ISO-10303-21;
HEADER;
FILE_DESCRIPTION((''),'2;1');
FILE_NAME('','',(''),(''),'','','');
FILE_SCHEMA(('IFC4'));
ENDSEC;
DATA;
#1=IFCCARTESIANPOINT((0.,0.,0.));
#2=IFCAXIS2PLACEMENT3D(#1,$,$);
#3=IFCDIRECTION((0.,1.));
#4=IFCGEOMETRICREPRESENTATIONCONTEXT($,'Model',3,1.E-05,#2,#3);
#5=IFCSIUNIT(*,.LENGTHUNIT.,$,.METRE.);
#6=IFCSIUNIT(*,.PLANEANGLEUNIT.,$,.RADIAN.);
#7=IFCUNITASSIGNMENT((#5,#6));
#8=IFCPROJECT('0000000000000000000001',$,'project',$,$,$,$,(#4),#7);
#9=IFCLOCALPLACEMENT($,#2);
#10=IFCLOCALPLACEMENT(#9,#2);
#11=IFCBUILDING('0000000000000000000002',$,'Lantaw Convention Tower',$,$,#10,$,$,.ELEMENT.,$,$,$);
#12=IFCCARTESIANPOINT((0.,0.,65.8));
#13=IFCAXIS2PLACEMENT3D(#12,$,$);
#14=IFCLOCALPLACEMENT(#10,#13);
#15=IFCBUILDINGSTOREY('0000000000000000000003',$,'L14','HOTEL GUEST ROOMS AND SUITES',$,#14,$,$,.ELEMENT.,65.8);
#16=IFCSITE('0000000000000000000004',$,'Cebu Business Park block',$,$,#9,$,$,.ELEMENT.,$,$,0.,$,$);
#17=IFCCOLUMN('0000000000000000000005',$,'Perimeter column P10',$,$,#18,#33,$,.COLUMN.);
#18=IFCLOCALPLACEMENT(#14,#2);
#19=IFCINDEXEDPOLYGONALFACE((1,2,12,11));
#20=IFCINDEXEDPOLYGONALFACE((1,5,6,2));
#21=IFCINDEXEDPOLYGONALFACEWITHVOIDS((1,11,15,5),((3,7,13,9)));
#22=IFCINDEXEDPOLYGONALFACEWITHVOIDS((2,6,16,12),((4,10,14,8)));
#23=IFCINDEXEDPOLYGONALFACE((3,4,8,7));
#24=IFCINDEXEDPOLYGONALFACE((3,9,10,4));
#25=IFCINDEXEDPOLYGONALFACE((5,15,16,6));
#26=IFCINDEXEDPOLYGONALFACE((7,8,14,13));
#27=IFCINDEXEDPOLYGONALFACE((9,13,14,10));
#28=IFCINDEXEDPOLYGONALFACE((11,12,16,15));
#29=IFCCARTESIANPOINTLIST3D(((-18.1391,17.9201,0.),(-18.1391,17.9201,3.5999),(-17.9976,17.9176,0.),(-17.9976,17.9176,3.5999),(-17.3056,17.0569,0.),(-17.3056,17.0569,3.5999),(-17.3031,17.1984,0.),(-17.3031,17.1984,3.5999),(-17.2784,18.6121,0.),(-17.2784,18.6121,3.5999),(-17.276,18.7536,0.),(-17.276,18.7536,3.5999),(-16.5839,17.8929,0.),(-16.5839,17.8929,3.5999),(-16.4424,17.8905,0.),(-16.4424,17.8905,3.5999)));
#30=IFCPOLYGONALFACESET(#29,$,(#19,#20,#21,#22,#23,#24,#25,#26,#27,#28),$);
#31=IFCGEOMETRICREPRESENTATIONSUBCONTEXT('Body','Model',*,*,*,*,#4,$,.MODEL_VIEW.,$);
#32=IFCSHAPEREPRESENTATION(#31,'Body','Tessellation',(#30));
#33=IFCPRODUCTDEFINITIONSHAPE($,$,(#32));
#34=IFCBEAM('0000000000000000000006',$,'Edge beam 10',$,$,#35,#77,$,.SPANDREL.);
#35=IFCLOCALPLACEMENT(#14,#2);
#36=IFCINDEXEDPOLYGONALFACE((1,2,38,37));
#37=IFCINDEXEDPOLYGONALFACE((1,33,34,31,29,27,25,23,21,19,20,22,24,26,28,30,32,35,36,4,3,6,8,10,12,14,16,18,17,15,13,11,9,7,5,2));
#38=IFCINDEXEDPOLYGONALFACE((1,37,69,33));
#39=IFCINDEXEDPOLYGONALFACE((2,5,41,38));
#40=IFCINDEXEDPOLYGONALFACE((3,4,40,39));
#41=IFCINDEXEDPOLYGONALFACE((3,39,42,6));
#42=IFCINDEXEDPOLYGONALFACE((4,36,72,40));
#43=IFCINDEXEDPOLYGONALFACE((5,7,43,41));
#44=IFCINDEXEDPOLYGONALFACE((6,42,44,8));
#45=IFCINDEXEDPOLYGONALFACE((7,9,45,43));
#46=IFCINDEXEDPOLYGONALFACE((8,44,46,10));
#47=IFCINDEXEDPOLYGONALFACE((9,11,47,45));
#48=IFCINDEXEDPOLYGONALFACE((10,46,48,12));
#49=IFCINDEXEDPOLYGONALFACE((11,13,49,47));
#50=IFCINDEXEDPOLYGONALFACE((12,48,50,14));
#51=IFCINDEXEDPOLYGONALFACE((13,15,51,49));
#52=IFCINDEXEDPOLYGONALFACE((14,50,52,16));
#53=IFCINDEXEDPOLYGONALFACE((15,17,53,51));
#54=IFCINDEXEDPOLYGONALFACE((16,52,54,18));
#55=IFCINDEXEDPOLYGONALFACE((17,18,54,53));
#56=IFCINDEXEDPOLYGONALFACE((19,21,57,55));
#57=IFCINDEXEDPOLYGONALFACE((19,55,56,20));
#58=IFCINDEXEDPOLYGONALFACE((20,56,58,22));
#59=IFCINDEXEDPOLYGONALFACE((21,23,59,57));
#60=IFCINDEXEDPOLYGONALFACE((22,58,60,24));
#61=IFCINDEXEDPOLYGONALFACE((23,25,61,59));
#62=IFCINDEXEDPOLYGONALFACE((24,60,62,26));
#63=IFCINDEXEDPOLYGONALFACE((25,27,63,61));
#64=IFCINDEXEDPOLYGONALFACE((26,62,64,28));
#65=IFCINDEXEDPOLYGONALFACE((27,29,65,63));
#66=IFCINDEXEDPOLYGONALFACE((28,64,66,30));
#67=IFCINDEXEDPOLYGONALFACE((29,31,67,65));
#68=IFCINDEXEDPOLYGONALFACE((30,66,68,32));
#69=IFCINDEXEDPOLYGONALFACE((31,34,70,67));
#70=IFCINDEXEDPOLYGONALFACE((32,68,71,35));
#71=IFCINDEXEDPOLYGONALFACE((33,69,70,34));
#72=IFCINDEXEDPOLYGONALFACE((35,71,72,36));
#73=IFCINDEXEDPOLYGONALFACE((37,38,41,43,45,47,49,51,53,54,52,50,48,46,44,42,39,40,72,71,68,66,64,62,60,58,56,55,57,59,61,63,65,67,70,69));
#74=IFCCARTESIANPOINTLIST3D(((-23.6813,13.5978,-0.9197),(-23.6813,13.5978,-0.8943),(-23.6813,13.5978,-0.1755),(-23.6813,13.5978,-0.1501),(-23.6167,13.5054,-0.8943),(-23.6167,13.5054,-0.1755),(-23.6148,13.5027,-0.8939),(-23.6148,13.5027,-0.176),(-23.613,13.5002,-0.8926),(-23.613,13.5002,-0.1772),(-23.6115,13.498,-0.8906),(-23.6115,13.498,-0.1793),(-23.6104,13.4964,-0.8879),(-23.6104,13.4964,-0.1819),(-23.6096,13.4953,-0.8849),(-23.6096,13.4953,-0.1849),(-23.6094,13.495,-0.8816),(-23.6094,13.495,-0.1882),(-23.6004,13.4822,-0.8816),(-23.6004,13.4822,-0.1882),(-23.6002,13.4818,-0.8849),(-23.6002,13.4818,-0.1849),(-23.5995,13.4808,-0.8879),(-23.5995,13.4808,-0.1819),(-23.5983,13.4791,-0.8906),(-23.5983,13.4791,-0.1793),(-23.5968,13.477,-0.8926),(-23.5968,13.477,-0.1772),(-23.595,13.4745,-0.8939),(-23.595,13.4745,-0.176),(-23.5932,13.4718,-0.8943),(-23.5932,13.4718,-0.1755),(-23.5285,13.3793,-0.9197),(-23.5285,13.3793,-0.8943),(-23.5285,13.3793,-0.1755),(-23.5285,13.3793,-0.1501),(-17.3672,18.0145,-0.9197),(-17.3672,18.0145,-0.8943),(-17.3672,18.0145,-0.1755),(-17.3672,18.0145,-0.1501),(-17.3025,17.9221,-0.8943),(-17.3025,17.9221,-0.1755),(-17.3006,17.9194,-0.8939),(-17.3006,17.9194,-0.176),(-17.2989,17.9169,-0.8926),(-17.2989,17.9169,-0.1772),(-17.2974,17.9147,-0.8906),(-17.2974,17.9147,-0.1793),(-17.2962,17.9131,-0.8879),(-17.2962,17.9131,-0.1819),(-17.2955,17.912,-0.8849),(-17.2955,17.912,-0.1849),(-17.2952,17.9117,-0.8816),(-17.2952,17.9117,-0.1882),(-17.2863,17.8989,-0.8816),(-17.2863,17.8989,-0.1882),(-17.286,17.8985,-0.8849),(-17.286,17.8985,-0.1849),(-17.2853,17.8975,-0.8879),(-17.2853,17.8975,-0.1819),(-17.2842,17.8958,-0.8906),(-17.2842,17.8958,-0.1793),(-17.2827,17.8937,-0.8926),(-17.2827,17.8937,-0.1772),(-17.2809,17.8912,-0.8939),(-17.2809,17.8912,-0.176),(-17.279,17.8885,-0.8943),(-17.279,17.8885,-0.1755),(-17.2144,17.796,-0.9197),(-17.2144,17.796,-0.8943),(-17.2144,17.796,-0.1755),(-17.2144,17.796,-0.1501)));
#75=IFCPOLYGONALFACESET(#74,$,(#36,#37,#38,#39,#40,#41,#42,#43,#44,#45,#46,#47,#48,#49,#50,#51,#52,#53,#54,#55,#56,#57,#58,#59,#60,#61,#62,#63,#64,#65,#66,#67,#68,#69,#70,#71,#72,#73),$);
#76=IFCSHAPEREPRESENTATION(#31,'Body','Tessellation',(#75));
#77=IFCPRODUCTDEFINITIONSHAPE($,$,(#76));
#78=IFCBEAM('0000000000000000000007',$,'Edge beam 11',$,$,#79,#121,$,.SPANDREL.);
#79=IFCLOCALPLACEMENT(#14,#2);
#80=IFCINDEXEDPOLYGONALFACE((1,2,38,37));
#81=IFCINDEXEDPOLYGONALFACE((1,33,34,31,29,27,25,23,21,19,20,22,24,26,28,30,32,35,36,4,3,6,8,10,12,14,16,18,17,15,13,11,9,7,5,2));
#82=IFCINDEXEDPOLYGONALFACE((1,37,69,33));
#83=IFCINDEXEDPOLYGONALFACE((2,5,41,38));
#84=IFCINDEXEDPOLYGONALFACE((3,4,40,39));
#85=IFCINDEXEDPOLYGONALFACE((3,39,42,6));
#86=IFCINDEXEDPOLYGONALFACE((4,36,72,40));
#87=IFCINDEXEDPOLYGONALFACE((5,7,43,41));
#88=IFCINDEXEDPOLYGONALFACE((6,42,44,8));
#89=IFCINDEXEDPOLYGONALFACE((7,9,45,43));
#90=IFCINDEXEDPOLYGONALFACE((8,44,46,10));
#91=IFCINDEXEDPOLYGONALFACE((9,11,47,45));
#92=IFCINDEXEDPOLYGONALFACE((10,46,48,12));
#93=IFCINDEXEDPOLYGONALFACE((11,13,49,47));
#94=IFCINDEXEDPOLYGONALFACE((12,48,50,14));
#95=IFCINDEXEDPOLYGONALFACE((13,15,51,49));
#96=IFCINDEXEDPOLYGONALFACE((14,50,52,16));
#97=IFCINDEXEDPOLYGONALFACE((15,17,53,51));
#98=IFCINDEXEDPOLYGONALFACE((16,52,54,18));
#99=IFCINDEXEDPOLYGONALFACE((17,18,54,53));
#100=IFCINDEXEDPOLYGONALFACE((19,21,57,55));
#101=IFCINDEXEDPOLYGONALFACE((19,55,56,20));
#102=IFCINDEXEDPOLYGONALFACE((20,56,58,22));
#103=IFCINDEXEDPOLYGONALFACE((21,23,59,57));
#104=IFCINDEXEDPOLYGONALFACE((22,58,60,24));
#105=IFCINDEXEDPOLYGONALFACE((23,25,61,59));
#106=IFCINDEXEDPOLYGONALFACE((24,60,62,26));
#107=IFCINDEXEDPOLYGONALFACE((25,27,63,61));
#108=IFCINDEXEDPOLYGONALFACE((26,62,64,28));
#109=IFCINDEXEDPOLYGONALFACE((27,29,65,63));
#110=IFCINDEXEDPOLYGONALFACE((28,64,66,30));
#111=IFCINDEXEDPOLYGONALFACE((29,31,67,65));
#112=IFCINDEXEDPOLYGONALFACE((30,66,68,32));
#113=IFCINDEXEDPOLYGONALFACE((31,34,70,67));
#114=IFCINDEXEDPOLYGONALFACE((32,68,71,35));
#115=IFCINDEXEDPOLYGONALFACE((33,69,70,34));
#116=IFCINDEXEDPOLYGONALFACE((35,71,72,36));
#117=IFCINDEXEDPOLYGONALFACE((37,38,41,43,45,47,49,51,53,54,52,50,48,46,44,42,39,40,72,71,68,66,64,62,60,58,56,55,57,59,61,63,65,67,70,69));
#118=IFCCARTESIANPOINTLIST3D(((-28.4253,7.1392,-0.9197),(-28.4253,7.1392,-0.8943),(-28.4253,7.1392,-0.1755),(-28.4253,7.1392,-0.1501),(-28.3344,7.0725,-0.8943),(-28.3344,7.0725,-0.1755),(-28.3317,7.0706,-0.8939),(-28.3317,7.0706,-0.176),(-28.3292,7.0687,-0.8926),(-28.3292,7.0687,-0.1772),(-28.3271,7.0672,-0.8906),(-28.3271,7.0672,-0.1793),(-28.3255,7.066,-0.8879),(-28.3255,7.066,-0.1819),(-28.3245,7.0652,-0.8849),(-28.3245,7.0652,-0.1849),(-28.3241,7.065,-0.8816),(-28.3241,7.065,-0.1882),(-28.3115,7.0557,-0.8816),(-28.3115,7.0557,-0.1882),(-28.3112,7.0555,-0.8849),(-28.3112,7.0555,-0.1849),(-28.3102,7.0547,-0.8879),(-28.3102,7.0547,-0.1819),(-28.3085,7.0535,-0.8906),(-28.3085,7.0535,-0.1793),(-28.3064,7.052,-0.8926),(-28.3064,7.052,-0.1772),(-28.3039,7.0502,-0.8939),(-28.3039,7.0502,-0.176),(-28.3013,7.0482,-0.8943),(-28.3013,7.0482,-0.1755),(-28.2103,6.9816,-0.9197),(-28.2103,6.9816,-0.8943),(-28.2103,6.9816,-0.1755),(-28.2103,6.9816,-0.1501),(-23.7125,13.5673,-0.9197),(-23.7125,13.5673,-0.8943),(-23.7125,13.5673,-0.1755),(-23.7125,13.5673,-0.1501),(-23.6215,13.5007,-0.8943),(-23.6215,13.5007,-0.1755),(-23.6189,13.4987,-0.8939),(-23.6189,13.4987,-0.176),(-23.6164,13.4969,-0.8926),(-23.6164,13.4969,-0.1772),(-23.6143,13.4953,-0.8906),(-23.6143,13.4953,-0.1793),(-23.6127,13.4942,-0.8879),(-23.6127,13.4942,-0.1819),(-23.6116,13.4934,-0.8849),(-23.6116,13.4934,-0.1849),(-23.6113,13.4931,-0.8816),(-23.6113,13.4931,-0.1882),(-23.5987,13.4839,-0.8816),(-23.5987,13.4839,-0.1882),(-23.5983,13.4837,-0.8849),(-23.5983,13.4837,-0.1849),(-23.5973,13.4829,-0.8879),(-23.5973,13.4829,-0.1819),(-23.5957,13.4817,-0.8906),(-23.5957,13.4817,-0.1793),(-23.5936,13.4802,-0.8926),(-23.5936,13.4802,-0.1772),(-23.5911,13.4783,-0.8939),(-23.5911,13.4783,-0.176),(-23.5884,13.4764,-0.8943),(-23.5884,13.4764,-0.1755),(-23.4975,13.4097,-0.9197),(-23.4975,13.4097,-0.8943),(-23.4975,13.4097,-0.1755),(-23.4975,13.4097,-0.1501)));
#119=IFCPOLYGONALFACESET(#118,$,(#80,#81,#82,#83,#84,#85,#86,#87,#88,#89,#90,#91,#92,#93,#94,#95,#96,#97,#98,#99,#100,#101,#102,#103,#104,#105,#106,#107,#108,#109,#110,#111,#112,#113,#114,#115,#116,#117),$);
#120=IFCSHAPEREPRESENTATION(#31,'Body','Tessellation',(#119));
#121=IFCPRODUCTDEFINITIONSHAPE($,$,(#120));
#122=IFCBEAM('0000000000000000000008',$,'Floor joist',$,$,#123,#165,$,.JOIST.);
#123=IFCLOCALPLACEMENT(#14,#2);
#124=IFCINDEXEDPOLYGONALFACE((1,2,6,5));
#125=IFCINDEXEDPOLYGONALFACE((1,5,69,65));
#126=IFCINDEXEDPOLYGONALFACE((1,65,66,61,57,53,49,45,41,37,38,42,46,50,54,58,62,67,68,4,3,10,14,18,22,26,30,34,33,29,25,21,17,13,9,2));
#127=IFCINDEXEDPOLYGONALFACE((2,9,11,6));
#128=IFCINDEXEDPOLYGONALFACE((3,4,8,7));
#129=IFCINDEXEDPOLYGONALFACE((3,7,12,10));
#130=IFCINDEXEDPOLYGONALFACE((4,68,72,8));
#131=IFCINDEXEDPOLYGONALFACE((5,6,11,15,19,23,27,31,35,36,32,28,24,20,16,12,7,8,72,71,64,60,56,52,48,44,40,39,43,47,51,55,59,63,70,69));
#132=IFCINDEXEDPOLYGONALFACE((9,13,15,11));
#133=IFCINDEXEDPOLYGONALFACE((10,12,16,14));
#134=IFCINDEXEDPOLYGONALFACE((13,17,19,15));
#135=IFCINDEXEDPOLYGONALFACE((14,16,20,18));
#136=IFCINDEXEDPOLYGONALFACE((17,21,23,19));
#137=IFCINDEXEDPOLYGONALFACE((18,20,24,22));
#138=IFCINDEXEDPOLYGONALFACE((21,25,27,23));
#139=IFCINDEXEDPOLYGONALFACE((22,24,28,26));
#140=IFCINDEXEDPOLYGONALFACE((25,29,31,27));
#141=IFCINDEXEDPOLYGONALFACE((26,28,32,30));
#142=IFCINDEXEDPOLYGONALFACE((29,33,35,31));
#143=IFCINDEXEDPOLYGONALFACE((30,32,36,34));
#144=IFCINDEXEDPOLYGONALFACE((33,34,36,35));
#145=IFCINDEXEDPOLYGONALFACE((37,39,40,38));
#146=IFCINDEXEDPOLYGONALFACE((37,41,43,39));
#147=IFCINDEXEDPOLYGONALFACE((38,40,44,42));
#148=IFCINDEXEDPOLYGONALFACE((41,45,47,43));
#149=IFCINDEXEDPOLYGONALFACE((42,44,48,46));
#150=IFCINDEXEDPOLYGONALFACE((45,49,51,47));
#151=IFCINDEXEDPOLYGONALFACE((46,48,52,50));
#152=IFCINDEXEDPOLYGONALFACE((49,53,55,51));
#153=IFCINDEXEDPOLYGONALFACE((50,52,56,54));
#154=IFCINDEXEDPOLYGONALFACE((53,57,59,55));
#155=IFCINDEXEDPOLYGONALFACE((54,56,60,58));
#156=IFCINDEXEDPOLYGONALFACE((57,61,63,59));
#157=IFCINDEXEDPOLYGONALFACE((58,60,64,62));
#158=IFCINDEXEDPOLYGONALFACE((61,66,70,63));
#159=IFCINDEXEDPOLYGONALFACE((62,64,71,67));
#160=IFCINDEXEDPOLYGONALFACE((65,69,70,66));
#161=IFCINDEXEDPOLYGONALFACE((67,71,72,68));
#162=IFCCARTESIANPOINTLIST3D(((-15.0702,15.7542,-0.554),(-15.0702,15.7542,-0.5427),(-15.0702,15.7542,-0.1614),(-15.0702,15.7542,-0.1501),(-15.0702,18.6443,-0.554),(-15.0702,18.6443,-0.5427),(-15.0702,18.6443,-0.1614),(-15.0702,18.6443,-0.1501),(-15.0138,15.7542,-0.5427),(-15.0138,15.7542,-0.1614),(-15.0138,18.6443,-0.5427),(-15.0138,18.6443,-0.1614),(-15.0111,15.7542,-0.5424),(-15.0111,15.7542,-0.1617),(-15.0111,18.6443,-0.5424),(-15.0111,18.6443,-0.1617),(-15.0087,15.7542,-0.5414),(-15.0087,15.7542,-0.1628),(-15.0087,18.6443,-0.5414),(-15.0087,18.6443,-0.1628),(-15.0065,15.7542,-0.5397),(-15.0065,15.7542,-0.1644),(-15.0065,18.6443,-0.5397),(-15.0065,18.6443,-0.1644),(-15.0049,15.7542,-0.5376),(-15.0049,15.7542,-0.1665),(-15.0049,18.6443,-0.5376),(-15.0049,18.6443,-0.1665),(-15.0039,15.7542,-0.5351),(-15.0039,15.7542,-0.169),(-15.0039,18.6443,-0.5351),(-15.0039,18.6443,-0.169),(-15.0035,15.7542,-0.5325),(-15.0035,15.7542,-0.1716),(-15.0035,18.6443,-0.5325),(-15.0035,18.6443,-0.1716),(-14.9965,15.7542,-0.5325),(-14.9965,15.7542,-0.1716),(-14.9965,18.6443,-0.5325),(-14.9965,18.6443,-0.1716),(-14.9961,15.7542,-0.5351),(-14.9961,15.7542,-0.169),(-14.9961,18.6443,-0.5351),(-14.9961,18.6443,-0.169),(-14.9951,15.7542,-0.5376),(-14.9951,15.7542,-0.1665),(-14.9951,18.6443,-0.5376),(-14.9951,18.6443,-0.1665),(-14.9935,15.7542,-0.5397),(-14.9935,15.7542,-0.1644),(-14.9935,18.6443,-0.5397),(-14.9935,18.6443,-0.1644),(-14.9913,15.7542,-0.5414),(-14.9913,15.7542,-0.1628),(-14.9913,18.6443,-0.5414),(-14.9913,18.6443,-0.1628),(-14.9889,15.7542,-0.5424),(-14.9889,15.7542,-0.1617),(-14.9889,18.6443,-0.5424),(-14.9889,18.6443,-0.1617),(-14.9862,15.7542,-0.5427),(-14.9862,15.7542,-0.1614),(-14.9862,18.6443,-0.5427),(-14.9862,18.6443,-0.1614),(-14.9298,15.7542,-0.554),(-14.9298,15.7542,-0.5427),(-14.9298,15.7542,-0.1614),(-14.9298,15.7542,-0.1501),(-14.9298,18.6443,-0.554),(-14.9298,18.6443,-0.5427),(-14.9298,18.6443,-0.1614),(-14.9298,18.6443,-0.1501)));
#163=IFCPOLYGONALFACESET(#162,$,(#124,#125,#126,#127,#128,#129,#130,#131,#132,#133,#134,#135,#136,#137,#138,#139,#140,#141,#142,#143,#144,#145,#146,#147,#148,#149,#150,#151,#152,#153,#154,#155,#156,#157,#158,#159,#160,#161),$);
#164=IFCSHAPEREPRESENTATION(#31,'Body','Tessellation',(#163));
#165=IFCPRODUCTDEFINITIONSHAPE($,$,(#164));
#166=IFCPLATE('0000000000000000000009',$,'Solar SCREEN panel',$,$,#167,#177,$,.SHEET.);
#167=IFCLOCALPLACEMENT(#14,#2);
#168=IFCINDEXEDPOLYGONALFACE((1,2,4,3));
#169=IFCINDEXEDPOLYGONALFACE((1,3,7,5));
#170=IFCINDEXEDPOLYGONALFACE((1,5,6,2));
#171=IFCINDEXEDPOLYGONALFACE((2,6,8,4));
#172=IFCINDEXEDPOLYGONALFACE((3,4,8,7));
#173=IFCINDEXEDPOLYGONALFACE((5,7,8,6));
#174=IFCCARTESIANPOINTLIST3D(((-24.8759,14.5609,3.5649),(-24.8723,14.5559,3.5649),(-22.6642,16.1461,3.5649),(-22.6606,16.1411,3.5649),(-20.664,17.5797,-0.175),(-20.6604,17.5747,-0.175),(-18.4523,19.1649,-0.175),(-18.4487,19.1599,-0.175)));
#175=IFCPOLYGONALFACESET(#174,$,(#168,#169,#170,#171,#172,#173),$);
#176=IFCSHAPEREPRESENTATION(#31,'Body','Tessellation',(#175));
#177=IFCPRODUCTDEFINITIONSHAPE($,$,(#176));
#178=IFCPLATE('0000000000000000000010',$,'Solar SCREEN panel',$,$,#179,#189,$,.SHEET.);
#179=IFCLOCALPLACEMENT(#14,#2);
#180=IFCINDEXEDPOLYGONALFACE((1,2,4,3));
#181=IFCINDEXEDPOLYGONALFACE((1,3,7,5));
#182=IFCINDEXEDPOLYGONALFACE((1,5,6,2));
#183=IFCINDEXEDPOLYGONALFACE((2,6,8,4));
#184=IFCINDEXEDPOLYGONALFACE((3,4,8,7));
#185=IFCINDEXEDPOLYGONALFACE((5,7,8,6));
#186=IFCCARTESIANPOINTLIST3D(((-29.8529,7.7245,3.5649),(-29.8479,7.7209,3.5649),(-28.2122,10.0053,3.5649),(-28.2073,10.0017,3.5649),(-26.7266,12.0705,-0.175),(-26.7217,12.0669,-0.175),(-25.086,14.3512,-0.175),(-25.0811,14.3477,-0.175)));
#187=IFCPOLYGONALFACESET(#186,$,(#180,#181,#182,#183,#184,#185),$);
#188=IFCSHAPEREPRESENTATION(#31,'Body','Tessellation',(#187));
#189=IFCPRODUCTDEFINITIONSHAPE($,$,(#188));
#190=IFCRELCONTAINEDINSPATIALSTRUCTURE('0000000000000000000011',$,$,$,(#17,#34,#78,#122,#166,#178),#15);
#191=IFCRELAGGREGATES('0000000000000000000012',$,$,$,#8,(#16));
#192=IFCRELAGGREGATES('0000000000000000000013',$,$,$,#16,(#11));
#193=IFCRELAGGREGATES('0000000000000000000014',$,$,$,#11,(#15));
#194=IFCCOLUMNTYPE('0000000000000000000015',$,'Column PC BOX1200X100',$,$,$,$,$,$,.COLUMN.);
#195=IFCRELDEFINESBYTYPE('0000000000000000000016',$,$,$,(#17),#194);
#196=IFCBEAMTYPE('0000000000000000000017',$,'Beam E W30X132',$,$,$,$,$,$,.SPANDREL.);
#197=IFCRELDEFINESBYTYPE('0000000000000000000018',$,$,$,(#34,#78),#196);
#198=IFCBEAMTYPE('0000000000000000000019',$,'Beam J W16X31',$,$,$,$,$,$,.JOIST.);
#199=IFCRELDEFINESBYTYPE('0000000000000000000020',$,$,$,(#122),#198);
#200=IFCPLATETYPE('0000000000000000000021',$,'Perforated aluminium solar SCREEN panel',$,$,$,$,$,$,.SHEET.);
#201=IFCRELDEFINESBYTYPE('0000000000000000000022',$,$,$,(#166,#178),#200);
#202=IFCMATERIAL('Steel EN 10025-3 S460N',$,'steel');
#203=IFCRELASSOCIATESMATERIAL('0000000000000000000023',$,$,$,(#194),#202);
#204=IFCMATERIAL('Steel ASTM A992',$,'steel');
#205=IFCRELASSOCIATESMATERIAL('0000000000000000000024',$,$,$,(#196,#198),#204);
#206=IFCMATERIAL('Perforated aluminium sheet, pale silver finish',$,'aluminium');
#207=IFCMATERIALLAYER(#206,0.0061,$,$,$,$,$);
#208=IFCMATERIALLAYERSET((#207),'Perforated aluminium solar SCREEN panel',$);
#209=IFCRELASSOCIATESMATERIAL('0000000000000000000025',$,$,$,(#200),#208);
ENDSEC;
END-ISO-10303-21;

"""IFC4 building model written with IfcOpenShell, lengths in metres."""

from ifc_helpers import new_model, si_unit, direction, frame, origin, origin_2d, place, context, subcontext, project, spatial, polyline, rectangle, hollow_rectangle, i_section, outline, extrude, material, layer, layer_set, material_profile, profile_set, type_object, element, save


model = new_model("IFC4")

# Units and contexts
model_context = context("Model", 3, precision=1e-05, world=origin(), true_north=direction((0.0, 1.0)))
body_context = subcontext(model_context, "Body", "Model", "MODEL_VIEW")
ifc_project = project(units=[si_unit("LENGTHUNIT", "METRE"), si_unit("PLANEANGLEUNIT", "RADIAN")], contexts=[model_context])

# Site, building, storey
site_placement = place(None, origin())
site = spatial("IfcSite", under=ifc_project, at=site_placement, Name="Cebu Business Park block", CompositionType="ELEMENT", RefElevation=0.0)
building_placement = place(site_placement, origin())
building = spatial("IfcBuilding", under=site, at=building_placement, Name="Lantaw Convention Tower", CompositionType="ELEMENT")
storey_placement = place(building_placement, frame((0.0, 0.0, 65.8)))
storey = spatial("IfcBuildingStorey", under=building, at=storey_placement, Name="L14", Description="HOTEL GUEST ROOMS AND SUITES", CompositionType="ELEMENT", Elevation=65.8)

# Column
ifc_material_1 = material(Name="Steel EN 10025-3 S460N", Category="steel")
ifc_material_profile_1 = material_profile(ifc_material_1, hollow_rectangle(XDim=1.2, YDim=1.2, WallThickness=0.1001, at=origin_2d()), Name="BOX1200X100")
ifc_material_2 = material(Name="Concrete C60/75", Category="concrete")
ifc_material_profile_2 = material_profile(ifc_material_2, rectangle(XDim=1.0, YDim=1.0, at=origin_2d()), Name="Concrete fill of BOX1200X100")
ifc_profile_set_1 = profile_set([ifc_material_profile_1, ifc_material_profile_2], Name="Steel EN 10025-3 S460N")
column_type = type_object("IfcColumnType", Name="Column PC BOX1200X100", PredefinedType="COLUMN", material=ifc_profile_set_1)
column_placement = place(storey_placement, frame((-17.2908, 17.9053, 0.0), z_axis=(0.0, 0.0, 1.0), x_axis=(0.71934, 0.694658, 0.0)))
element("IfcColumn", 1, at=column_placement, inside=storey, type_object=column_type, Name="Perimeter column P10", PredefinedType="COLUMN", context=body_context, shape_type="SweptSolid", body=[
    extrude(hollow_rectangle(XDim=1.2, YDim=1.2, WallThickness=0.1001, at=origin_2d()), origin(), (0.0, 0.0, 1.0), 3.5999),
])

# Beams
ifc_material_3 = material(Name="Steel ASTM A992", Category="steel")
ifc_material_profile_3 = material_profile(ifc_material_3, i_section(OverallWidth=0.2666, OverallDepth=0.7695, WebThickness=0.0156, FlangeThickness=0.0254, FilletRadius=0.0127, at=origin_2d()), Name="W30X132")
ifc_profile_set_2 = profile_set([ifc_material_profile_3], Name="Steel ASTM A992")
beam_type_1 = type_object("IfcBeamType", Name="Beam E W30X132", PredefinedType="SPANDREL", material=ifc_profile_set_2)
beam_1_placement = place(storey_placement, frame((-17.2908, 17.9053, -0.5349), z_axis=(-0.819427, -0.573184, 0.0), x_axis=(0.573184, -0.819427, 0.0)))
element("IfcBeam", 2, at=beam_1_placement, inside=storey, type_object=beam_type_1, Name="Edge beam 10", PredefinedType="SPANDREL", context=body_context, shape_type="SweptSolid", body=[
    extrude(i_section(OverallWidth=0.2666, OverallDepth=0.7695, WebThickness=0.0156, FlangeThickness=0.0254, FilletRadius=0.0127, at=origin_2d()), origin(), (0.0, 0.0, 1.0), 7.7056),
])
beam_2_placement = place(storey_placement, frame((-23.605, 13.4885, -0.5349), z_axis=(-0.591271, -0.806473, 0.0), x_axis=(0.806473, -0.591271, 0.0)))
element("IfcBeam", 3, at=beam_2_placement, inside=storey, type_object=beam_type_1, Name="Edge beam 11", PredefinedType="SPANDREL", context=body_context, shape_type="SweptSolid", body=[
    extrude(i_section(OverallWidth=0.2666, OverallDepth=0.7695, WebThickness=0.0156, FlangeThickness=0.0254, FilletRadius=0.0127, at=origin_2d()), origin(), (0.0, 0.0, 1.0), 7.9707),
])
ifc_material_profile_4 = material_profile(ifc_material_3, i_section(OverallWidth=0.1404, OverallDepth=0.4038, WebThickness=0.0071, FlangeThickness=0.0112, FilletRadius=0.0103, at=origin_2d()), Name="W16X31")
ifc_profile_set_3 = profile_set([ifc_material_profile_4], Name="Steel ASTM A992")
beam_type_2 = type_object("IfcBeamType", Name="Beam J W16X31", PredefinedType="JOIST", material=ifc_profile_set_3)
beam_3_placement = place(storey_placement, frame((-15.0, 15.7542, -0.3521), z_axis=(0.0, 1.0, 0.0), x_axis=(-1.0, 0.0, 0.0)))
element("IfcBeam", 4, at=beam_3_placement, inside=storey, type_object=beam_type_2, Name="Floor joist", PredefinedType="JOIST", context=body_context, shape_type="SweptSolid", body=[
    extrude(i_section(OverallWidth=0.1404, OverallDepth=0.4038, WebThickness=0.0071, FlangeThickness=0.0112, FilletRadius=0.0103, at=origin_2d()), origin(), (0.0, 0.0, 1.0), 2.8901),
])

# Plates
ifc_material_4 = material(Name="Perforated aluminium sheet, pale silver finish", Category="aluminium")
ifc_layer_1 = layer(ifc_material_4, 0.0061)
ifc_layer_set_1 = layer_set([ifc_layer_1], Name="Perforated aluminium solar SCREEN panel")
plate_type = type_object("IfcPlateType", Name="Perforated aluminium solar SCREEN panel", PredefinedType="SHEET", material=ifc_layer_set_1)
plate_1_placement = place(storey_placement, frame((-18.4487, 19.1599, -0.175), z_axis=(0.582561, -0.812787, 0.000016), x_axis=(-0.812787, -0.582561, 0.0)))
element("IfcPlate", 5, at=plate_1_placement, inside=storey, type_object=plate_type, Name="Solar SCREEN panel", PredefinedType="SHEET", context=body_context, shape_type="SweptSolid", body=[
    extrude(outline(polyline([(0.0, 0.0), (2.7211, 0.0), (7.9031, -3.74), (5.182, -3.74), (0.0, 0.0)])), origin(), (0.0, 0.0, -1.0), 0.0061),
])
plate_2_placement = place(storey_placement, frame((-25.0811, 14.3477, -0.175), z_axis=(0.811791, -0.583948, 0.000009), x_axis=(-0.583948, -0.811791, 0.0)))
element("IfcPlate", 6, at=plate_2_placement, inside=storey, type_object=plate_type, Name="Solar SCREEN panel", PredefinedType="SHEET", context=body_context, shape_type="SweptSolid", body=[
    extrude(outline(polyline([(0.0, 0.0), (2.8095, 0.0), (8.1631, -3.74), (5.3536, -3.74), (0.0, 0.0)])), origin(), (0.0, 0.0, -1.0), 0.0061),
])

save(model, "model.ifc")
